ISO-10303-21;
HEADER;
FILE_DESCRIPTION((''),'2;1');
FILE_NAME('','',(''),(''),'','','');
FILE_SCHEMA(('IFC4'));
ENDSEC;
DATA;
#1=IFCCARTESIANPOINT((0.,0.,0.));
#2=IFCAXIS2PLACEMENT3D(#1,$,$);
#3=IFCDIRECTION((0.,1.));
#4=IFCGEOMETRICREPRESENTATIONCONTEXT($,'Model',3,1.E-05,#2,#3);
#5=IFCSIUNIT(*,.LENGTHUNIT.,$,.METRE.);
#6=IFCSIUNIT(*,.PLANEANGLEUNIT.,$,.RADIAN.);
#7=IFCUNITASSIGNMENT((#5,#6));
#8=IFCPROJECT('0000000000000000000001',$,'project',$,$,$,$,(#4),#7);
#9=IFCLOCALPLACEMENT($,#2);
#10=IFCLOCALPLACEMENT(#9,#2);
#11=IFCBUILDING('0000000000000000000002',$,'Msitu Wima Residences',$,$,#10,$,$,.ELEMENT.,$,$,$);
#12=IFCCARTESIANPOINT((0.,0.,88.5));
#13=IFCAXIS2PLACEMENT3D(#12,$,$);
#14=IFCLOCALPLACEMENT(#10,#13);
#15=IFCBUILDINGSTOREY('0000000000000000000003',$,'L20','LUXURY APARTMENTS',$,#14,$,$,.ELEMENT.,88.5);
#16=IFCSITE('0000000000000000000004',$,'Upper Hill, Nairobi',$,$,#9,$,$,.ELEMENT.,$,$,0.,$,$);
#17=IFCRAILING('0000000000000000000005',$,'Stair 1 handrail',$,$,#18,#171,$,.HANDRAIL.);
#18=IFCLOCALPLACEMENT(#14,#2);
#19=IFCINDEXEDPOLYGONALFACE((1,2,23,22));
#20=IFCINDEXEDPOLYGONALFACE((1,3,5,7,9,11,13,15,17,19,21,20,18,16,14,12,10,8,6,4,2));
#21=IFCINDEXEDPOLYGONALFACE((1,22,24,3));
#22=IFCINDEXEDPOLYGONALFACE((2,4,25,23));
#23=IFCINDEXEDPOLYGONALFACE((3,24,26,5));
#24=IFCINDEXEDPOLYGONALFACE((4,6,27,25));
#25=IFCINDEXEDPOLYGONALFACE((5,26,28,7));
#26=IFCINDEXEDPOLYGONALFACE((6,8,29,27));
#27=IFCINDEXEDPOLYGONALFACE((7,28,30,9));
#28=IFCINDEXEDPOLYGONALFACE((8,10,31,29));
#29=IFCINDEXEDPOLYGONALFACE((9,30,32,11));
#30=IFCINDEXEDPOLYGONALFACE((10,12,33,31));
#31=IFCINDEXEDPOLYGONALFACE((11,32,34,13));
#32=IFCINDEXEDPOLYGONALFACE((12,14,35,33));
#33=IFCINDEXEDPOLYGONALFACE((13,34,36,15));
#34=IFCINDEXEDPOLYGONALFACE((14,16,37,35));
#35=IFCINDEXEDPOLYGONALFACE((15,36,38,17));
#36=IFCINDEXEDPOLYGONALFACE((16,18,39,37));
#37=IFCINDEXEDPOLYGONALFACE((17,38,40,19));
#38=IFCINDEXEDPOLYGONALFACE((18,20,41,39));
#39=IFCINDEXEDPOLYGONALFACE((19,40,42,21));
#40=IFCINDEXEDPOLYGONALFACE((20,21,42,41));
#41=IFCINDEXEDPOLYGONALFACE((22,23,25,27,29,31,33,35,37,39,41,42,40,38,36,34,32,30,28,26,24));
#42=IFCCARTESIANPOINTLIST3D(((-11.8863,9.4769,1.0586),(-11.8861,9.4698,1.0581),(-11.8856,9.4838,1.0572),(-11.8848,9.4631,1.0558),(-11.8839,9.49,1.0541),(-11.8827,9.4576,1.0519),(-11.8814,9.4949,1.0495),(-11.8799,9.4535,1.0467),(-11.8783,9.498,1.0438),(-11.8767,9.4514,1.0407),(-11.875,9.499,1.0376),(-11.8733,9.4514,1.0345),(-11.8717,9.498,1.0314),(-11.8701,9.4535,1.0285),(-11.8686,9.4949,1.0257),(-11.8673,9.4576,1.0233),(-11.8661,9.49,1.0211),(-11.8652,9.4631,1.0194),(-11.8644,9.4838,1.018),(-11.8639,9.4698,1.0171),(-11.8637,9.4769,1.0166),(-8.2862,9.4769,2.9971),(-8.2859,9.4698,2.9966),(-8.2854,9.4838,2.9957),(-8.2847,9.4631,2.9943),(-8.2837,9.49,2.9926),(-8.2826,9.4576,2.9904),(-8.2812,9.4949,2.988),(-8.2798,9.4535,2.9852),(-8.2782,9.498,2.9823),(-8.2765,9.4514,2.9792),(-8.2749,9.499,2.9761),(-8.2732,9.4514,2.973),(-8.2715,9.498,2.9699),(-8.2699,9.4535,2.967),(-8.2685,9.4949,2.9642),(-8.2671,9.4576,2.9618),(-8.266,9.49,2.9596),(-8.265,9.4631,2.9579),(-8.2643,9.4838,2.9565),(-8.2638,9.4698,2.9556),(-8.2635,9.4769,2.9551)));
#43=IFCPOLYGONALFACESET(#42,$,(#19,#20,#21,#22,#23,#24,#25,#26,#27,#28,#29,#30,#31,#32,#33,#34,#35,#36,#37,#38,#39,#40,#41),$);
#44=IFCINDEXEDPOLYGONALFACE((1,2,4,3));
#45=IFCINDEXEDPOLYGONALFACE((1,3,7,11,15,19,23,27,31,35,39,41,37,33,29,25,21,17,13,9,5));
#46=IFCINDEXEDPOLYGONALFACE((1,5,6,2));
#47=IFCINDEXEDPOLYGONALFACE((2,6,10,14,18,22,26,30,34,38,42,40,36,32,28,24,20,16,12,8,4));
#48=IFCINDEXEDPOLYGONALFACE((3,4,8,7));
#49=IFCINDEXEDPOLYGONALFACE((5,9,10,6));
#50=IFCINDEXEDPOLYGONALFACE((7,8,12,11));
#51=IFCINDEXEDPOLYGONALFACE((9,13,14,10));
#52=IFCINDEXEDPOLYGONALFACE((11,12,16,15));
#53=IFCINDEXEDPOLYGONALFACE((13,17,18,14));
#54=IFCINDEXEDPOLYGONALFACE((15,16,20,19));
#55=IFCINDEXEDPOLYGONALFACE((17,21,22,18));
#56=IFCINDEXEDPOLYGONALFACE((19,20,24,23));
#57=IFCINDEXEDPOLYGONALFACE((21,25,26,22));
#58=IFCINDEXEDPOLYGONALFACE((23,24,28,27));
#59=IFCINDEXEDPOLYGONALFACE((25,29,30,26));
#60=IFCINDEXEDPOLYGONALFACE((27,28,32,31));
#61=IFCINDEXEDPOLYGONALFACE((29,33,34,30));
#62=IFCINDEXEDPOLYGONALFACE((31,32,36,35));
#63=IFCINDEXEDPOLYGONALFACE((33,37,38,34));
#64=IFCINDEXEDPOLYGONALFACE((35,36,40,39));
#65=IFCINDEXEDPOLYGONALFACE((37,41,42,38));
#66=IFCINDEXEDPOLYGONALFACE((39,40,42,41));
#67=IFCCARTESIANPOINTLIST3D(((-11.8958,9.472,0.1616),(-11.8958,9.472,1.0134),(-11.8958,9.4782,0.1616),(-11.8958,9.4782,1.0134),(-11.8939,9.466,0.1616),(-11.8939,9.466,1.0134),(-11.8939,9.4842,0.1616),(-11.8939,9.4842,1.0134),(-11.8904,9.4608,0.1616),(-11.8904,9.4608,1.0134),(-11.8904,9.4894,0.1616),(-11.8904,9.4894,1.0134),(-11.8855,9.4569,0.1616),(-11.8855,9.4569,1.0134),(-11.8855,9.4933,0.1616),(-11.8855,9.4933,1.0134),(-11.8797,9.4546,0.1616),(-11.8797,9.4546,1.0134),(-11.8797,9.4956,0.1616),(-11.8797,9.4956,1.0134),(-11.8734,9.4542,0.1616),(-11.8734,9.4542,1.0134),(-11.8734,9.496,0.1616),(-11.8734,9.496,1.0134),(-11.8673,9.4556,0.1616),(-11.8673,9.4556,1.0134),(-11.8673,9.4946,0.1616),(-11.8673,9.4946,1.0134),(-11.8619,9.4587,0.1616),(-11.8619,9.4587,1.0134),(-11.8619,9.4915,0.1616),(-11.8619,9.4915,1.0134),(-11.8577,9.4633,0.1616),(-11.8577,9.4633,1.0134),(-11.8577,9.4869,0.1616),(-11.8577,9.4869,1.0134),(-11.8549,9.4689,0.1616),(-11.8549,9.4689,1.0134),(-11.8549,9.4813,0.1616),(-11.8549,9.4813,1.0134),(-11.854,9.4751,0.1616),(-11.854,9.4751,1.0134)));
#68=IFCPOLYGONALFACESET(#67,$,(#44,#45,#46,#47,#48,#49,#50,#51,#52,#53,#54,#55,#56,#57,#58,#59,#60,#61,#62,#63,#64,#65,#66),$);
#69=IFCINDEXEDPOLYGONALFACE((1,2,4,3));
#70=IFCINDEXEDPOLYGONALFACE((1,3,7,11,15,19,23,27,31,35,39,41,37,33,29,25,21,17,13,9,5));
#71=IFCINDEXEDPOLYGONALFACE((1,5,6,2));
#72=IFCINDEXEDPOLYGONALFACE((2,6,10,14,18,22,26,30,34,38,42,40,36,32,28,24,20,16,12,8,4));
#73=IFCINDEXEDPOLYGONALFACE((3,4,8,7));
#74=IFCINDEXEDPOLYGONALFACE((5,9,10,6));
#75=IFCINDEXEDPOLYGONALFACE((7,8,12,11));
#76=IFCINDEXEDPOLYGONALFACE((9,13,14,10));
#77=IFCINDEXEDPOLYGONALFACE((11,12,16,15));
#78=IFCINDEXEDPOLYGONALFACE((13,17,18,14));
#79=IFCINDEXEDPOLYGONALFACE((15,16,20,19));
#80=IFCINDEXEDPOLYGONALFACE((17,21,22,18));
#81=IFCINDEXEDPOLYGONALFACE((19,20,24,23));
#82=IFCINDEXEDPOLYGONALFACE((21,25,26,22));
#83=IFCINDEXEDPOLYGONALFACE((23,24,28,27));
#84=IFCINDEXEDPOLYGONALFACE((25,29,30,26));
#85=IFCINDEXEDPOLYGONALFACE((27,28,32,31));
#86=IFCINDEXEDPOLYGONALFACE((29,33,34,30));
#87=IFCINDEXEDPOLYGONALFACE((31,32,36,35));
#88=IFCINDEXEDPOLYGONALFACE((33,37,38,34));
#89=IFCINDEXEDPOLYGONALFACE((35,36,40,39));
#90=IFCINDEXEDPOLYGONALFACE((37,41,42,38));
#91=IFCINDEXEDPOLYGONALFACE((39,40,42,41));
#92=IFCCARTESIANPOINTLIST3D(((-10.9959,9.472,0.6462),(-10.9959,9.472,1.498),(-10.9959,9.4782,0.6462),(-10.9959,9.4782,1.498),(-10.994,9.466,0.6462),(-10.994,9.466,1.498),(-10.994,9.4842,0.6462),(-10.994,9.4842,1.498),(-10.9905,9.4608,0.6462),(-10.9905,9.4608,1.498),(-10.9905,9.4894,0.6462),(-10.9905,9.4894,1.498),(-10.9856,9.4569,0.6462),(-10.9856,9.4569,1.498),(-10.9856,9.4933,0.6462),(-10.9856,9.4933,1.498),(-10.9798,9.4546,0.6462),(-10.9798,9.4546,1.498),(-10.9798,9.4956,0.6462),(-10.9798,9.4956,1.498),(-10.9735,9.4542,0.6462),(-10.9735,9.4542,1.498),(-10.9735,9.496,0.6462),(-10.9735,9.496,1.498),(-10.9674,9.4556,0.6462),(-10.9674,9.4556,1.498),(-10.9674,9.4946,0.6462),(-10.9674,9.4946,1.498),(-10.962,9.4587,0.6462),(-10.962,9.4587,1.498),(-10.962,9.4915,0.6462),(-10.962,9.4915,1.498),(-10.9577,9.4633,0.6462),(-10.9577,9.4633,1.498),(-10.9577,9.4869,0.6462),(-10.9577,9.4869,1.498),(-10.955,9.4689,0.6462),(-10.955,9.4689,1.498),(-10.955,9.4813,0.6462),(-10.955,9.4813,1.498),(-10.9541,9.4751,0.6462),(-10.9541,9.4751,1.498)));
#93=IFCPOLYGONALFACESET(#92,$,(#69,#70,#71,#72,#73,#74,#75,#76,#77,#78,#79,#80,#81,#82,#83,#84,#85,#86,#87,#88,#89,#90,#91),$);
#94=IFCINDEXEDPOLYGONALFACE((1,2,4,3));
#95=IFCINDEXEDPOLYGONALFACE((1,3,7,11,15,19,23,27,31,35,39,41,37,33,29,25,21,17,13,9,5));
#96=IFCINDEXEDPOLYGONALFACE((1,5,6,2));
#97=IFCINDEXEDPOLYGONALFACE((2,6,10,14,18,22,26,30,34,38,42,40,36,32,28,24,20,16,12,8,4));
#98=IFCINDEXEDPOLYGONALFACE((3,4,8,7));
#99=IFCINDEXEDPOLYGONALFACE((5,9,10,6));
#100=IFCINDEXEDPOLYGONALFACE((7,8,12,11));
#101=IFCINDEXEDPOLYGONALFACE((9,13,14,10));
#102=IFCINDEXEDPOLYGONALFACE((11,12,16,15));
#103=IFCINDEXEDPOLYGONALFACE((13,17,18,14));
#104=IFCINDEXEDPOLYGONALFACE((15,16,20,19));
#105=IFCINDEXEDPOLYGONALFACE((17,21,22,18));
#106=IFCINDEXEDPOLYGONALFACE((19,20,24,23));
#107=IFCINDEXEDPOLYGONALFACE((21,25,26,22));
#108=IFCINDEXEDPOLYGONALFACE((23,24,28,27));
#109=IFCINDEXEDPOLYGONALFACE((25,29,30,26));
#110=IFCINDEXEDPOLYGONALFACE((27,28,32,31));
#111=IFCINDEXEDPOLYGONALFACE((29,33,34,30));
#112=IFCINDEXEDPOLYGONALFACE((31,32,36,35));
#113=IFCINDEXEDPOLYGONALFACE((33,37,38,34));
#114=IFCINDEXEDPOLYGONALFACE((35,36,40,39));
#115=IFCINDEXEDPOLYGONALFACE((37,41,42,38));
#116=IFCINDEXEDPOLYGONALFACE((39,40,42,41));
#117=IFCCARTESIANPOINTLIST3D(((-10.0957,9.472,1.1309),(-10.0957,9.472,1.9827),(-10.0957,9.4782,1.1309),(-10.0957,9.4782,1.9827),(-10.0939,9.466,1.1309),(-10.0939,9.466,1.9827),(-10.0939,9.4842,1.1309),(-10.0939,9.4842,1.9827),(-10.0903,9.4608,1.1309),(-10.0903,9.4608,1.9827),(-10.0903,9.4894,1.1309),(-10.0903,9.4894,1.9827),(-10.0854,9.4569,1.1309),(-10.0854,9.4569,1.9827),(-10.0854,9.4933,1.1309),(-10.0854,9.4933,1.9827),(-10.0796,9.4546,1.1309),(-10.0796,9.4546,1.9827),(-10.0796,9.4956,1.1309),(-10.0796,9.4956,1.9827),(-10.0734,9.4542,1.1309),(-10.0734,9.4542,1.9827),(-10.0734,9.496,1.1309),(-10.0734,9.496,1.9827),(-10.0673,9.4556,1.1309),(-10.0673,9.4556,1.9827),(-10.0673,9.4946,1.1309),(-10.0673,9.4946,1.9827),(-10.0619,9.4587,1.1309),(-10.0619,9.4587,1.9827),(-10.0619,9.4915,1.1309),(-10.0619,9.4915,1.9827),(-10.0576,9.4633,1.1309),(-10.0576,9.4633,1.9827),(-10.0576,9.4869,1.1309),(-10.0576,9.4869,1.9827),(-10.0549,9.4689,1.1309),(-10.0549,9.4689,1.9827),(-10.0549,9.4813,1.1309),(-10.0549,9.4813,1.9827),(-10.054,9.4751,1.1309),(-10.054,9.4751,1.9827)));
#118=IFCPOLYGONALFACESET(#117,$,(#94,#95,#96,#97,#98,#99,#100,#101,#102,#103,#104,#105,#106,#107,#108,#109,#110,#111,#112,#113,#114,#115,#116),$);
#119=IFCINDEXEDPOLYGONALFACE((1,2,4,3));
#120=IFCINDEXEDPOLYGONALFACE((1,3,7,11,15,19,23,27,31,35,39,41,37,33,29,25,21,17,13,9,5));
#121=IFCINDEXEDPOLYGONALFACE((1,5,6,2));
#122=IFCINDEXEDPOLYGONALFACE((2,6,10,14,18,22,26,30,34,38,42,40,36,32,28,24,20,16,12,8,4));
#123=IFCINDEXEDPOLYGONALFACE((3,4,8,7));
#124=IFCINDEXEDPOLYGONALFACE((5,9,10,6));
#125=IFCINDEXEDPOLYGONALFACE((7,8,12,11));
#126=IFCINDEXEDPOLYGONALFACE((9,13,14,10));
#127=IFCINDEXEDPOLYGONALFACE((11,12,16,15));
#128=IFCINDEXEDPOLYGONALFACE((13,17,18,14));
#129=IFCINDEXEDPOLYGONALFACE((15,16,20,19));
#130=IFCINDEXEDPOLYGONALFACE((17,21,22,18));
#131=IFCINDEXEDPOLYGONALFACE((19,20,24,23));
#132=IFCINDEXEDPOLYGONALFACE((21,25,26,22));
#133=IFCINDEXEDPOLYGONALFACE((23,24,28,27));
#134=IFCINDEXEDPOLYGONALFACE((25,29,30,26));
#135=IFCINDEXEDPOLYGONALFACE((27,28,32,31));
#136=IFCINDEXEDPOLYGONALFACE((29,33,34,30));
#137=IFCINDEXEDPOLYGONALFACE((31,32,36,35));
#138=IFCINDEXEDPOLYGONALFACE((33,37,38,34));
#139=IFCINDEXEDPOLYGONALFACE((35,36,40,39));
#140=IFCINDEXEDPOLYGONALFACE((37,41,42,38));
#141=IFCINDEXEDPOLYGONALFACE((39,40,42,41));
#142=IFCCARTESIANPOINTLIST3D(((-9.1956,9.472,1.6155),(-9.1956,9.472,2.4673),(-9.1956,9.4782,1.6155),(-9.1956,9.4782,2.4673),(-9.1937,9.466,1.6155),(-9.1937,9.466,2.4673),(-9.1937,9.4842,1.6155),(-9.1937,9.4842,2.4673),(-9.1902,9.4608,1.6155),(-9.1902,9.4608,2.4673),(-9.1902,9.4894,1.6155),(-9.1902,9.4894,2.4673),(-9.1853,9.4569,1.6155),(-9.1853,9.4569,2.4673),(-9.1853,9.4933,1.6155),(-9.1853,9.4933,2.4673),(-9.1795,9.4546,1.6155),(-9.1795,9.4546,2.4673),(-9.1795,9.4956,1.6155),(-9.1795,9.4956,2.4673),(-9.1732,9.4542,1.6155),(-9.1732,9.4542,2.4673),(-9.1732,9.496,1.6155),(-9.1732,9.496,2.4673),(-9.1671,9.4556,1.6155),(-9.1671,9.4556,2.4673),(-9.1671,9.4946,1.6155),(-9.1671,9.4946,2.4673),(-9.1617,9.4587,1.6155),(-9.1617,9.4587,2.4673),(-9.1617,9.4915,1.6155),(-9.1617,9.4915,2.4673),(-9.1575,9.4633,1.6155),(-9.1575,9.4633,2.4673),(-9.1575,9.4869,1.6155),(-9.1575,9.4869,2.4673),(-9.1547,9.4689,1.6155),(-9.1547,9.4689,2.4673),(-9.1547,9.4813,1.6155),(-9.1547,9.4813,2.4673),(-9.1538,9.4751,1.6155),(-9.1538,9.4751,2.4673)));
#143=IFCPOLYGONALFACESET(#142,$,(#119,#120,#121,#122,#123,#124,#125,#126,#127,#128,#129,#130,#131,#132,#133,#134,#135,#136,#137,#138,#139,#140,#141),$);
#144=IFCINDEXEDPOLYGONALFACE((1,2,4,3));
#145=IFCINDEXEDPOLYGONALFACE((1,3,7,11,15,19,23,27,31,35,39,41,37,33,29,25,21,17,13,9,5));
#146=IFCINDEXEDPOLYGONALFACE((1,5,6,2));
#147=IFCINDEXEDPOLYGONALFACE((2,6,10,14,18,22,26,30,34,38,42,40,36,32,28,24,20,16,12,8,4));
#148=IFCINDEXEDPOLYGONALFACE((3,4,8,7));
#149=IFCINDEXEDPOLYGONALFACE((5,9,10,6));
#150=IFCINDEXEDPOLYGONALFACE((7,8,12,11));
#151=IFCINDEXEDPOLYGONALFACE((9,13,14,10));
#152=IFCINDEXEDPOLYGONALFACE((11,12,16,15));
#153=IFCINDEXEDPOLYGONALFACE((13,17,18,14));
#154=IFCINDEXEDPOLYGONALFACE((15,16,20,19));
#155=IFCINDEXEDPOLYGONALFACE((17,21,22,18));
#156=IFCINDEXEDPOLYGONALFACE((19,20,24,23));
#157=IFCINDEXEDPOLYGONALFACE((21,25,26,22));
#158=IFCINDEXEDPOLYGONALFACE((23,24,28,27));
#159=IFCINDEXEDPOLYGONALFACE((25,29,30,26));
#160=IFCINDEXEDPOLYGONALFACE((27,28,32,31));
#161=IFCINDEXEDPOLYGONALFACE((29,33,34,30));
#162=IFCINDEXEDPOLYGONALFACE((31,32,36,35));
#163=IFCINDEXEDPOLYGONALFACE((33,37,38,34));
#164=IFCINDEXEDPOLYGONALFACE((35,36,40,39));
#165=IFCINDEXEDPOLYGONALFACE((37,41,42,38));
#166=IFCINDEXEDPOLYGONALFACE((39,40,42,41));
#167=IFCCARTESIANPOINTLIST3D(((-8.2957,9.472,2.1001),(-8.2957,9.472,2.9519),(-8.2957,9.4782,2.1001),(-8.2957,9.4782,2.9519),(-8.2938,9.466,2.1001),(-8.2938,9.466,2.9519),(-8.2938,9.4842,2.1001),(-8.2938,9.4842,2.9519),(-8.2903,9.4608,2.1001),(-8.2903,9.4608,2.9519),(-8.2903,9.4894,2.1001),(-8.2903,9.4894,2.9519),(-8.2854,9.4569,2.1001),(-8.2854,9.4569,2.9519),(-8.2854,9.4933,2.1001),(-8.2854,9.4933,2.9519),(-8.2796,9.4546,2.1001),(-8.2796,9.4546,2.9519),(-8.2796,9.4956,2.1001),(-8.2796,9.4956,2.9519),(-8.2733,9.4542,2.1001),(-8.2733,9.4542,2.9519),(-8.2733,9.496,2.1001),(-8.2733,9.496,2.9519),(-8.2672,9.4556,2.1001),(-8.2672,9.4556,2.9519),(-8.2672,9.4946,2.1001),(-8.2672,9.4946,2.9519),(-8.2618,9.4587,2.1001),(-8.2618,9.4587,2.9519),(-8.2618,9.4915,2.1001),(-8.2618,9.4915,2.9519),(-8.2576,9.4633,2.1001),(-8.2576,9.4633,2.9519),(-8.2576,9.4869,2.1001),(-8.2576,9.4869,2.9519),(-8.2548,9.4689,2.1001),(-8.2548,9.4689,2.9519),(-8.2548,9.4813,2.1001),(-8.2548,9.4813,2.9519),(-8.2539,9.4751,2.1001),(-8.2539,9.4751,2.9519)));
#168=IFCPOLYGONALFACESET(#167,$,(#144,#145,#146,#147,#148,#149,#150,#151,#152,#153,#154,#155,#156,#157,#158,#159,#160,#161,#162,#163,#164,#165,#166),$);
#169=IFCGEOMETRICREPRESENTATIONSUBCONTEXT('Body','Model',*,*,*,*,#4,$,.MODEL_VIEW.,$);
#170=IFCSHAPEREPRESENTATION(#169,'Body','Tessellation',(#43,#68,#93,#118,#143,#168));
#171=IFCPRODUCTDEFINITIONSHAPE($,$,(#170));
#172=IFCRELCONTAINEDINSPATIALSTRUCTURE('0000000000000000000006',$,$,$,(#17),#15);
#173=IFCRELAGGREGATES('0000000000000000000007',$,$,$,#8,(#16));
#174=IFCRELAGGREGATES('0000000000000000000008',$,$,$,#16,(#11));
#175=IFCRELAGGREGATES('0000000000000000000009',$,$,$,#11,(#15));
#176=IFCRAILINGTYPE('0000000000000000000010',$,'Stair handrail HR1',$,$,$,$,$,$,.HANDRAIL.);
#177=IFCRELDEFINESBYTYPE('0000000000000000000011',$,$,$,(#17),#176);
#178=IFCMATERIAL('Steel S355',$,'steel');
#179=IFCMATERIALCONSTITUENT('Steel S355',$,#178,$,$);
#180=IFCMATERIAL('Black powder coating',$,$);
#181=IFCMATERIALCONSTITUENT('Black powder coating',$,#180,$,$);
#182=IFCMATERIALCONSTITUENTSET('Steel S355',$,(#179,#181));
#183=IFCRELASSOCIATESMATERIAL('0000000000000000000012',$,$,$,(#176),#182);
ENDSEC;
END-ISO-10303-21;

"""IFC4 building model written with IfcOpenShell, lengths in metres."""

from ifc_helpers import new_model, si_unit, direction, frame, origin, origin_2d, place, context, subcontext, project, spatial, circle, extrude, material, constituent, constituent_set, type_object, element, save


model = new_model("IFC4")

# Units and contexts
model_context = context("Model", 3, precision=1e-05, world=origin(), true_north=direction((0.0, 1.0)))
body_context = subcontext(model_context, "Body", "Model", "MODEL_VIEW")
ifc_project = project(units=[si_unit("LENGTHUNIT", "METRE"), si_unit("PLANEANGLEUNIT", "RADIAN")], contexts=[model_context])

# Site, building, storey
site_placement = place(None, origin())
site = spatial("IfcSite", under=ifc_project, at=site_placement, Name="Upper Hill, Nairobi", CompositionType="ELEMENT", RefElevation=0.0)
building_placement = place(site_placement, origin())
building = spatial("IfcBuilding", under=site, at=building_placement, Name="Msitu Wima Residences", CompositionType="ELEMENT")
storey_placement = place(building_placement, frame((0.0, 0.0, 88.5)))
storey = spatial("IfcBuildingStorey", under=building, at=storey_placement, Name="L20", Description="LUXURY APARTMENTS", CompositionType="ELEMENT", Elevation=88.5)

# Railing
ifc_material_1 = material(Name="Steel S355", Category="steel")
ifc_constituent_1 = constituent(ifc_material_1, Name="Steel S355")
ifc_material_2 = material(Name="Black powder coating")
ifc_constituent_2 = constituent(ifc_material_2, Name="Black powder coating")
ifc_constituent_set = constituent_set(constituents=[ifc_constituent_1, ifc_constituent_2], Name="Steel S355")
railing_type = type_object("IfcRailingType", Name="Stair handrail HR1", PredefinedType="HANDRAIL", material=ifc_constituent_set)
for number, where, name in (
    (1, (-11.875, 9.4751, 0.1616), "Stair 1 handrail"),
):
    element("IfcRailing", number, at=place(storey_placement, frame(where)), inside=storey, type_object=railing_type, Name=name, PredefinedType="HANDRAIL", context=body_context, shape_type="SweptSolid", body=[
        extrude(circle(Radius=0.0239, at=origin_2d()), frame((0.0, 0.0, 0.876), z_axis=(0.880475, 0.0, 0.474093), x_axis=(0.0, 1.0, 0.0)), (0.0, 0.0, 1.0), 4.0889),
        extrude(circle(Radius=0.021, at=origin_2d()), origin(), (0.0, 0.0, 1.0), 0.8518),
        extrude(circle(Radius=0.021, at=origin_2d()), frame((0.8999, 0.0, 0.4846)), (0.0, 0.0, 1.0), 0.8518),
        extrude(circle(Radius=0.021, at=origin_2d()), frame((1.8, 0.0, 0.9692)), (0.0, 0.0, 1.0), 0.8518),
        extrude(circle(Radius=0.021, at=origin_2d()), frame((2.7002, 0.0, 1.4539)), (0.0, 0.0, 1.0), 0.8518),
        extrude(circle(Radius=0.021, at=origin_2d()), frame((3.6001, 0.0, 1.9385)), (0.0, 0.0, 1.0), 0.8518),
    ])

save(model, "model.ifc")
